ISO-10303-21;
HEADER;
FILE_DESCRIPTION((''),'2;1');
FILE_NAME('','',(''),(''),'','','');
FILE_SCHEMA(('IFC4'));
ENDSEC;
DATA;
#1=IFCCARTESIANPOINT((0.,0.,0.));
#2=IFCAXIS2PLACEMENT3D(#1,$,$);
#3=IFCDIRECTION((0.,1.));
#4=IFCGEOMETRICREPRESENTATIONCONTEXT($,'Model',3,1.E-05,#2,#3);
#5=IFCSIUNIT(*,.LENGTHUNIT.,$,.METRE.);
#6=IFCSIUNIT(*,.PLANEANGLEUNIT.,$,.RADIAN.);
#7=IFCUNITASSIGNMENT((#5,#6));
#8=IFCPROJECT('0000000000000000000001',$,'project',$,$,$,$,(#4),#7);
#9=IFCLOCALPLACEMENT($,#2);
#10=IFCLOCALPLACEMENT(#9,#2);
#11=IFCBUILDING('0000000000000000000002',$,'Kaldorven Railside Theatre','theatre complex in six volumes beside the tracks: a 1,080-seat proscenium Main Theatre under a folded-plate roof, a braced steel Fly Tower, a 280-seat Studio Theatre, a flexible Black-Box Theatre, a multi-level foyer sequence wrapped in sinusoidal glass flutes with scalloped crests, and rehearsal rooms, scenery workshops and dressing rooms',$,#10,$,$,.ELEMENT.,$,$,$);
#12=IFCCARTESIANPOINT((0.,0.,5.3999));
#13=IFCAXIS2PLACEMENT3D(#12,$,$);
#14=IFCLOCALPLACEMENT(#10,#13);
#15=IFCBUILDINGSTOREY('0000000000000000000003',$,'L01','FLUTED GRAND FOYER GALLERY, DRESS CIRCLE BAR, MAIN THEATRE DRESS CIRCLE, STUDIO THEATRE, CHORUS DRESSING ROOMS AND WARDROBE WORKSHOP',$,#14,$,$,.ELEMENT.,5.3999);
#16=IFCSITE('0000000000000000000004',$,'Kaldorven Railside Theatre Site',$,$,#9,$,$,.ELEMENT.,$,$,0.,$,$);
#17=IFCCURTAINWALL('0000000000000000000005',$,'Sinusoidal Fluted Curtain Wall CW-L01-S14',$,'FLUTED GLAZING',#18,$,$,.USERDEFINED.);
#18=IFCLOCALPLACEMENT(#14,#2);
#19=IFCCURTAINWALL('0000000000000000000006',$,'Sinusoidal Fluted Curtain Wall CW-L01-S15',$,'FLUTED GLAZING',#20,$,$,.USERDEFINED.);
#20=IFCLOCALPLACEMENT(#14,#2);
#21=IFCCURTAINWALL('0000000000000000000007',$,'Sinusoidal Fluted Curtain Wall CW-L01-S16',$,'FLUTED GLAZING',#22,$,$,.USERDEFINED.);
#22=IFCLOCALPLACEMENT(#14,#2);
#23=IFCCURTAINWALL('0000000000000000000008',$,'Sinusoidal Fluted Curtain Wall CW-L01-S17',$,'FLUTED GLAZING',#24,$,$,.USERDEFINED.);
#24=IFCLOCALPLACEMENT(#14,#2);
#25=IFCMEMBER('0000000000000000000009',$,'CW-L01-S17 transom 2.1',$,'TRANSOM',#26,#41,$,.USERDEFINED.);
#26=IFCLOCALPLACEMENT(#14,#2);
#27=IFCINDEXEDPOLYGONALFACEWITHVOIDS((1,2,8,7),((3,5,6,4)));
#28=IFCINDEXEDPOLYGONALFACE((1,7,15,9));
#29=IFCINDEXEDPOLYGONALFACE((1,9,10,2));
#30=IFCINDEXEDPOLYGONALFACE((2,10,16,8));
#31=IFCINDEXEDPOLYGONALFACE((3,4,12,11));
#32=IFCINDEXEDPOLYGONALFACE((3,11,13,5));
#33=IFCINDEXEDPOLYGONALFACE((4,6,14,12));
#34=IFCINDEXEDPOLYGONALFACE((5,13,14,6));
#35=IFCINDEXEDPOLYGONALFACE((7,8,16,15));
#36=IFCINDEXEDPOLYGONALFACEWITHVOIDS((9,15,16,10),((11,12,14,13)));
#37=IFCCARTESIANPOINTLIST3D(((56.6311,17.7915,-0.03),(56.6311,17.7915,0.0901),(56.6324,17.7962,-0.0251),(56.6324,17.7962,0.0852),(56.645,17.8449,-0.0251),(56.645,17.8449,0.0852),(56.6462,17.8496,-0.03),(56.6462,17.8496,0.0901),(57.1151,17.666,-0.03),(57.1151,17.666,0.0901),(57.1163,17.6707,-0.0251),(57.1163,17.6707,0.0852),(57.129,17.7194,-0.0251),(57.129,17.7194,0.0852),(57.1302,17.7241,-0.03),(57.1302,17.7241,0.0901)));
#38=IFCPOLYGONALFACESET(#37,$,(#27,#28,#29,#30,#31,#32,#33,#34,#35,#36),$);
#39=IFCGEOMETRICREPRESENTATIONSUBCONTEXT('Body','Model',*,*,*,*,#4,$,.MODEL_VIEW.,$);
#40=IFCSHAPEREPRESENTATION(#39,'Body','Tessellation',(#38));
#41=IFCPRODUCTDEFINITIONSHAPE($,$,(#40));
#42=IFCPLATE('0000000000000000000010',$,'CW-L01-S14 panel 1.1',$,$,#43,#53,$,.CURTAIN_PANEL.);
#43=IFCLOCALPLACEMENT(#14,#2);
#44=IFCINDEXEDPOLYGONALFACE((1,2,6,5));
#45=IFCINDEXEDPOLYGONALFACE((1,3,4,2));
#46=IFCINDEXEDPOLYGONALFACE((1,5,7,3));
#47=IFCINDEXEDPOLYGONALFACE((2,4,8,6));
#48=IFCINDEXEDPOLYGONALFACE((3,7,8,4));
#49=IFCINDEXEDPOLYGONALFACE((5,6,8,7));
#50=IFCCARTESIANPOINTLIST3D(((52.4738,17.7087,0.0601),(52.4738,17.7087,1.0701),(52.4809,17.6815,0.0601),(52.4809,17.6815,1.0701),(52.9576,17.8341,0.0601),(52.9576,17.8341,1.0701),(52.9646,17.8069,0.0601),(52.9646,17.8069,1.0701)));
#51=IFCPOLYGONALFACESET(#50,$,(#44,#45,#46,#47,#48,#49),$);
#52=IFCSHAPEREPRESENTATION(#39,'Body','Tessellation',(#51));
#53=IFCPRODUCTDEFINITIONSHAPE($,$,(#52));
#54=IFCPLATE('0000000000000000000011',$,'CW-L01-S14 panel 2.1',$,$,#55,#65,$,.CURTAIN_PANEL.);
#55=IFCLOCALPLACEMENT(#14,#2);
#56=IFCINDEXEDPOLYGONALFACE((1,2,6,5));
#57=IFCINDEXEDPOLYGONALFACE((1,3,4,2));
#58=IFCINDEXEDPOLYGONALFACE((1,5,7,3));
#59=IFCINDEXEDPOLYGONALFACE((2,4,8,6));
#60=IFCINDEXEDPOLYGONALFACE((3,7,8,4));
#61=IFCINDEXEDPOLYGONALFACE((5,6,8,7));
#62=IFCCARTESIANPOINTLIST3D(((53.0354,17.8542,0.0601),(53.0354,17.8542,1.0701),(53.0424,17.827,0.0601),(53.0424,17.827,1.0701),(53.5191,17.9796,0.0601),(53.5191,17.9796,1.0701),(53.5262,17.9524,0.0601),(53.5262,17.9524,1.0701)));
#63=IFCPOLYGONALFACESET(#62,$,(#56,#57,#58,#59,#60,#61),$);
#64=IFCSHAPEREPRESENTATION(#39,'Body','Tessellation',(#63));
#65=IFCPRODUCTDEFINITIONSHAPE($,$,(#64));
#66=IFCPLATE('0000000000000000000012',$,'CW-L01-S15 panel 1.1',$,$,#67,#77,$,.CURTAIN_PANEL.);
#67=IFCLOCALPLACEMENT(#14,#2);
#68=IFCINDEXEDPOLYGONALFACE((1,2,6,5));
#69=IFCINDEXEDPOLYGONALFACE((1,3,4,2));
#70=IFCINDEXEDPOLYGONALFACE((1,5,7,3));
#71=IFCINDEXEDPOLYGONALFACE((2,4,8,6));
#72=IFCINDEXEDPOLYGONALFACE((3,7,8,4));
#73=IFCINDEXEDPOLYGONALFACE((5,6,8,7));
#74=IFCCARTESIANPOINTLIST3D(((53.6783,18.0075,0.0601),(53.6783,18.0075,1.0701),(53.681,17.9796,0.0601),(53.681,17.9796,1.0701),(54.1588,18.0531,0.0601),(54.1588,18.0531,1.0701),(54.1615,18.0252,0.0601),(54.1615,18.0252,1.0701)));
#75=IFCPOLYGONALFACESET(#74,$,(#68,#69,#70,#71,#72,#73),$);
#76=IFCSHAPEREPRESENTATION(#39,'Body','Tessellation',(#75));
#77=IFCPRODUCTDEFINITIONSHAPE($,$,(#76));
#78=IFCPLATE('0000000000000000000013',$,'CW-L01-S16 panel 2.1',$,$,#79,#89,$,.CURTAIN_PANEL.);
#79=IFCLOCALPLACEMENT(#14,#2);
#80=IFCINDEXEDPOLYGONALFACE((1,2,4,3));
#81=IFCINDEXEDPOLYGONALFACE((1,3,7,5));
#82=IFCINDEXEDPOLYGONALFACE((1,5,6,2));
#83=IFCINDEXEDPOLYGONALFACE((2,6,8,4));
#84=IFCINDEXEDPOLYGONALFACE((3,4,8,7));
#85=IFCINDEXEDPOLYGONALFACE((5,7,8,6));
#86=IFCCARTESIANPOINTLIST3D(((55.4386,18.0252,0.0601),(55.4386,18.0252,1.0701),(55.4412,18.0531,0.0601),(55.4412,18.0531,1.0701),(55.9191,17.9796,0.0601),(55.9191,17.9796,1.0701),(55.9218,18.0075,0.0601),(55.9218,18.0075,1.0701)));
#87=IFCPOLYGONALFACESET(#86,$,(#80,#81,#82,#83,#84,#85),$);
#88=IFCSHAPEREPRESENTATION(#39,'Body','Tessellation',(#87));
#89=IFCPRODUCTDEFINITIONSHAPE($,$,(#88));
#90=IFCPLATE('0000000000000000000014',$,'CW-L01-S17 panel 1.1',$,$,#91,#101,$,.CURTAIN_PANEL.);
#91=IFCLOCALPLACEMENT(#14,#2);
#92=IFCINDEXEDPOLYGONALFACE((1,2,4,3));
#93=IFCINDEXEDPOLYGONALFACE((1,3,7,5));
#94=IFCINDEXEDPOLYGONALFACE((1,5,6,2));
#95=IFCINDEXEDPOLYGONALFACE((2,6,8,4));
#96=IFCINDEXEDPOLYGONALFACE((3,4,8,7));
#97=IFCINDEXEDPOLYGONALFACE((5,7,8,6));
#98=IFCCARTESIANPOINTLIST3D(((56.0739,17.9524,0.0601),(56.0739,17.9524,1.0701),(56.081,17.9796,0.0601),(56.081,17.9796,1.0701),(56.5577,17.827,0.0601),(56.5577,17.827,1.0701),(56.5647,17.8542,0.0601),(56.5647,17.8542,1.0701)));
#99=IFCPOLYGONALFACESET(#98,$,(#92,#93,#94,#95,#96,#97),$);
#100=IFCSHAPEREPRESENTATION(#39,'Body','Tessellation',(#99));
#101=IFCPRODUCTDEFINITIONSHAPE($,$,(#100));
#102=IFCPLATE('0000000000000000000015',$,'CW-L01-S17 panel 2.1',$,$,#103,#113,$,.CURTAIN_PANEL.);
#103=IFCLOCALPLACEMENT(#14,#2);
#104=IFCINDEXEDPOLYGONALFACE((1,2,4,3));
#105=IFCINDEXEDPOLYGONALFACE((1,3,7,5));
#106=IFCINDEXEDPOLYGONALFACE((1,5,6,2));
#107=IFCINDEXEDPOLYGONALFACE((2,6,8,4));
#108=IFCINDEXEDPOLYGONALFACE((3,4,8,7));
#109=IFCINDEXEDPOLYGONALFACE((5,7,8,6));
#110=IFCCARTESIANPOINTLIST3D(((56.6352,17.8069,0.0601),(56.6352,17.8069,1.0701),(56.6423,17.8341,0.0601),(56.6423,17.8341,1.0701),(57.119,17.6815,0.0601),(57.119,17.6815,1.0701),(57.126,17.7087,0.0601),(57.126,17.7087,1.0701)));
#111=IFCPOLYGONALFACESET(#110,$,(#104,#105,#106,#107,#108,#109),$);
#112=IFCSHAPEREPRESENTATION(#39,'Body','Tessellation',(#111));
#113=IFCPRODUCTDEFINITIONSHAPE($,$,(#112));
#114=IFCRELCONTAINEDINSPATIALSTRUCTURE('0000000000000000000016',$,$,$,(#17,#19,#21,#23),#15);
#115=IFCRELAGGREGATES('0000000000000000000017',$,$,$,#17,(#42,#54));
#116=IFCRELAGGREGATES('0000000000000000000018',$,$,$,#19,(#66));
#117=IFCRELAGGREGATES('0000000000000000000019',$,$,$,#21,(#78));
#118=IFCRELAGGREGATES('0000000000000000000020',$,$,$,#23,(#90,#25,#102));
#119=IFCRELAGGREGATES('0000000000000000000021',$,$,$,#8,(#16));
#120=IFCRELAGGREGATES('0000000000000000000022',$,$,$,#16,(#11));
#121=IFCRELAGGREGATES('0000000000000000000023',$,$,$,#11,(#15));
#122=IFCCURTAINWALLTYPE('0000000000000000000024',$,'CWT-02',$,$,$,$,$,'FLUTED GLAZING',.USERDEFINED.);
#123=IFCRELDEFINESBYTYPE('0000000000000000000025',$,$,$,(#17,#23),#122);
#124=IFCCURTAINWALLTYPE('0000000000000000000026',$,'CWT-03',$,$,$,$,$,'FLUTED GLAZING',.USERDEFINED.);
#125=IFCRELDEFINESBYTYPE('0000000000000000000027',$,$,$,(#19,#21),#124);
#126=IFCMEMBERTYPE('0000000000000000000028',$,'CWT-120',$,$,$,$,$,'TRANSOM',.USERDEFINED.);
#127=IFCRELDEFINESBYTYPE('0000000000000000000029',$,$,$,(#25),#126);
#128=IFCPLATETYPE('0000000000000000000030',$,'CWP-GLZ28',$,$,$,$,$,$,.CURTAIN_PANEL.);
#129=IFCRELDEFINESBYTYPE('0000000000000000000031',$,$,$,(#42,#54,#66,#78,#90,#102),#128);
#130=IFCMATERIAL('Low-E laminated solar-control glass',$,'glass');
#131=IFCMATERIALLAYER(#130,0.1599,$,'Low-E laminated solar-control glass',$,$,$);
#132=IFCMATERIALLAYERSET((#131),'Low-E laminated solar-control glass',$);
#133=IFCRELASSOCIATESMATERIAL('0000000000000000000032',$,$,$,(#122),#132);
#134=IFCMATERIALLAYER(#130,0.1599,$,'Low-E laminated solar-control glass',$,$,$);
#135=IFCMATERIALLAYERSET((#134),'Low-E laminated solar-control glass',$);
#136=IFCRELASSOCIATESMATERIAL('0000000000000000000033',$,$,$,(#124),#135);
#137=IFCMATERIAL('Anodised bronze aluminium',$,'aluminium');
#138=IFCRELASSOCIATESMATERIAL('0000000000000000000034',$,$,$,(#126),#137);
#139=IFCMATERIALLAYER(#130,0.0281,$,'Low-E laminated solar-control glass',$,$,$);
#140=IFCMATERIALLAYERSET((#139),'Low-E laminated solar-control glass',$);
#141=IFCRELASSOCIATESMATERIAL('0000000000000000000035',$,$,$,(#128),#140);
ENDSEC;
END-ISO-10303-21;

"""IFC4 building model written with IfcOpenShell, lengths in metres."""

from ifc_helpers import new_model, si_unit, direction, frame, origin, origin_2d, place, context, subcontext, project, spatial, rectangle, hollow_rectangle, extrude, material, layer, layer_set, material_profile, profile_set, type_object, element, aggregate, save


model = new_model("IFC4")

# Units and contexts
model_context = context("Model", 3, precision=1e-05, world=origin(), true_north=direction((0.0, 1.0)))
body_context = subcontext(model_context, "Body", "Model", "MODEL_VIEW")
ifc_project = project(units=[si_unit("LENGTHUNIT", "METRE"), si_unit("PLANEANGLEUNIT", "RADIAN")], contexts=[model_context])

# Site, building, storey
site_placement = place(None, origin())
site = spatial("IfcSite", under=ifc_project, at=site_placement, Name="Kaldorven Railside Theatre Site", CompositionType="ELEMENT", RefElevation=0.0)
building_placement = place(site_placement, origin())
building = spatial("IfcBuilding", under=site, at=building_placement, Name="Kaldorven Railside Theatre", Description="theatre complex in six volumes beside the tracks: a 1,080-seat proscenium Main Theatre under a folded-plate roof, a braced steel Fly Tower, a 280-seat Studio Theatre, a flexible Black-Box Theatre, a multi-level foyer sequence wrapped in sinusoidal glass flutes with scalloped crests, and rehearsal rooms, scenery workshops and dressing rooms", CompositionType="ELEMENT")
storey_placement = place(building_placement, frame((0.0, 0.0, 5.3999)))
storey = spatial("IfcBuildingStorey", under=building, at=storey_placement, Name="L01", Description="FLUTED GRAND FOYER GALLERY, DRESS CIRCLE BAR, MAIN THEATRE DRESS CIRCLE, STUDIO THEATRE, CHORUS DRESSING ROOMS AND WARDROBE WORKSHOP", CompositionType="ELEMENT", Elevation=5.3999)

# Shared definitions
ifc_material_1 = material(Name="Low-E laminated solar-control glass", Category="glass")
ifc_material_2 = material(Name="Anodised bronze aluminium", Category="aluminium")

# Curtain walls
ifc_layer_1 = layer(ifc_material_1, 0.1599, Name="Low-E laminated solar-control glass")
ifc_layer_set_1 = layer_set([ifc_layer_1], Name="Low-E laminated solar-control glass")
curtain_wall_type_1 = type_object("IfcCurtainWallType", Name="CWT-02", ElementType="FLUTED GLAZING", PredefinedType="USERDEFINED", material=ifc_layer_set_1)
curtain_wall_1_placement = place(storey_placement, origin())
curtain_wall_1 = element("IfcCurtainWall", 1, at=curtain_wall_1_placement, inside=storey, type_object=curtain_wall_type_1, Name="Sinusoidal Fluted Curtain Wall CW-L01-S14", ObjectType="FLUTED GLAZING", PredefinedType="USERDEFINED")
ifc_layer_2 = layer(ifc_material_1, 0.1599, Name="Low-E laminated solar-control glass")
ifc_layer_set_2 = layer_set([ifc_layer_2], Name="Low-E laminated solar-control glass")
curtain_wall_type_2 = type_object("IfcCurtainWallType", Name="CWT-03", ElementType="FLUTED GLAZING", PredefinedType="USERDEFINED", material=ifc_layer_set_2)
curtain_wall_2_placement = place(storey_placement, origin())
curtain_wall_2 = element("IfcCurtainWall", 2, at=curtain_wall_2_placement, inside=storey, type_object=curtain_wall_type_2, Name="Sinusoidal Fluted Curtain Wall CW-L01-S15", ObjectType="FLUTED GLAZING", PredefinedType="USERDEFINED")
curtain_wall_3_placement = place(storey_placement, origin())
curtain_wall_3 = element("IfcCurtainWall", 3, at=curtain_wall_3_placement, inside=storey, type_object=curtain_wall_type_2, Name="Sinusoidal Fluted Curtain Wall CW-L01-S16", ObjectType="FLUTED GLAZING", PredefinedType="USERDEFINED")
curtain_wall_4_placement = place(storey_placement, origin())
curtain_wall_4 = element("IfcCurtainWall", 4, at=curtain_wall_4_placement, inside=storey, type_object=curtain_wall_type_1, Name="Sinusoidal Fluted Curtain Wall CW-L01-S17", ObjectType="FLUTED GLAZING", PredefinedType="USERDEFINED")

# Member
ifc_material_profile_1 = material_profile(ifc_material_2, hollow_rectangle(XDim=0.0601, YDim=0.1201, WallThickness=0.0049, at=origin_2d()), Name="RHS 120x60x5")
ifc_profile_set_1 = profile_set([ifc_material_profile_1], Name="Anodised bronze aluminium")
member_type_1 = type_object("IfcMemberType", Name="CWT-120", ElementType="TRANSOM", PredefinedType="USERDEFINED", material=ifc_profile_set_1)
member_1_placement = place(storey_placement, frame((56.6387, 17.8206, 0.03), z_axis=(0.967979, -0.25103, 0.0), x_axis=(0.25103, 0.967979, 0.0)))
member_1 = element("IfcMember", 5, at=member_1_placement, type_object=member_type_1, Name="CW-L01-S17 transom 2.1", ObjectType="TRANSOM", PredefinedType="USERDEFINED", context=body_context, shape_type="SweptSolid", body=[
    extrude(hollow_rectangle(XDim=0.0601, YDim=0.1201, WallThickness=0.0049, at=origin_2d()), origin(), (0.0, 0.0, 1.0), 0.5),
])

# Plates
ifc_layer_3 = layer(ifc_material_1, 0.0281, Name="Low-E laminated solar-control glass")
ifc_layer_set_3 = layer_set([ifc_layer_3], Name="Low-E laminated solar-control glass")
plate_type = type_object("IfcPlateType", Name="CWP-GLZ28", PredefinedType="CURTAIN_PANEL", material=ifc_layer_set_3)
plate_1_placement = place(storey_placement, frame((52.7192, 17.7578, 0.0601), z_axis=(0.0, 0.0, 1.0), x_axis=(0.967999, 0.250954, 0.0)))
plate_1 = element("IfcPlate", 6, at=plate_1_placement, type_object=plate_type, Name="CW-L01-S14 panel 1.1", PredefinedType="CURTAIN_PANEL", context=body_context, shape_type="SweptSolid", body=[
    extrude(rectangle(XDim=0.4998, YDim=0.0281, at=origin_2d()), origin(), (0.0, 0.0, 1.0), 1.01),
])
plate_2_placement = place(storey_placement, frame((53.2808, 17.9033, 0.0601), z_axis=(0.0, 0.0, 1.0), x_axis=(0.967999, 0.250954, 0.0)))
plate_2 = element("IfcPlate", 7, at=plate_2_placement, type_object=plate_type, Name="CW-L01-S14 panel 2.1", PredefinedType="CURTAIN_PANEL", context=body_context, shape_type="SweptSolid", body=[
    extrude(rectangle(XDim=0.4998, YDim=0.0281, at=origin_2d()), origin(), (0.0, 0.0, 1.0), 1.01),
])
aggregate(curtain_wall_1, [plate_1, plate_2])
plate_3_placement = place(storey_placement, frame((53.9199, 18.0164, 0.0601), z_axis=(0.0, 0.0, 1.0), x_axis=(0.995526, 0.094492, 0.0)))
plate_3 = element("IfcPlate", 8, at=plate_3_placement, type_object=plate_type, Name="CW-L01-S15 panel 1.1", PredefinedType="CURTAIN_PANEL", context=body_context, shape_type="SweptSolid", body=[
    extrude(rectangle(XDim=0.4827, YDim=0.0281, at=origin_2d()), origin(), (0.0, 0.0, 1.0), 1.01),
])
aggregate(curtain_wall_2, [plate_3])
plate_4_placement = place(storey_placement, frame((55.6802, 18.0164, 0.0601), z_axis=(0.0, 0.0, 1.0), x_axis=(0.995526, -0.094492, 0.0)))
plate_4 = element("IfcPlate", 9, at=plate_4_placement, type_object=plate_type, Name="CW-L01-S16 panel 2.1", PredefinedType="CURTAIN_PANEL", context=body_context, shape_type="SweptSolid", body=[
    extrude(rectangle(XDim=0.4827, YDim=0.0281, at=origin_2d()), origin(), (0.0, 0.0, 1.0), 1.01),
])
aggregate(curtain_wall_3, [plate_4])
plate_5_placement = place(storey_placement, frame((56.3193, 17.9033, 0.0601), z_axis=(0.0, 0.0, 1.0), x_axis=(0.967999, -0.250954, 0.0)))
plate_5 = element("IfcPlate", 10, at=plate_5_placement, type_object=plate_type, Name="CW-L01-S17 panel 1.1", PredefinedType="CURTAIN_PANEL", context=body_context, shape_type="SweptSolid", body=[
    extrude(rectangle(XDim=0.4998, YDim=0.0281, at=origin_2d()), origin(), (0.0, 0.0, 1.0), 1.01),
])
plate_6_placement = place(storey_placement, frame((56.8806, 17.7578, 0.0601), z_axis=(0.0, 0.0, 1.0), x_axis=(0.967999, -0.250954, 0.0)))
plate_6 = element("IfcPlate", 11, at=plate_6_placement, type_object=plate_type, Name="CW-L01-S17 panel 2.1", PredefinedType="CURTAIN_PANEL", context=body_context, shape_type="SweptSolid", body=[
    extrude(rectangle(XDim=0.4998, YDim=0.0281, at=origin_2d()), origin(), (0.0, 0.0, 1.0), 1.01),
])
aggregate(curtain_wall_4, [plate_5, member_1, plate_6])

save(model, "model.ifc")
